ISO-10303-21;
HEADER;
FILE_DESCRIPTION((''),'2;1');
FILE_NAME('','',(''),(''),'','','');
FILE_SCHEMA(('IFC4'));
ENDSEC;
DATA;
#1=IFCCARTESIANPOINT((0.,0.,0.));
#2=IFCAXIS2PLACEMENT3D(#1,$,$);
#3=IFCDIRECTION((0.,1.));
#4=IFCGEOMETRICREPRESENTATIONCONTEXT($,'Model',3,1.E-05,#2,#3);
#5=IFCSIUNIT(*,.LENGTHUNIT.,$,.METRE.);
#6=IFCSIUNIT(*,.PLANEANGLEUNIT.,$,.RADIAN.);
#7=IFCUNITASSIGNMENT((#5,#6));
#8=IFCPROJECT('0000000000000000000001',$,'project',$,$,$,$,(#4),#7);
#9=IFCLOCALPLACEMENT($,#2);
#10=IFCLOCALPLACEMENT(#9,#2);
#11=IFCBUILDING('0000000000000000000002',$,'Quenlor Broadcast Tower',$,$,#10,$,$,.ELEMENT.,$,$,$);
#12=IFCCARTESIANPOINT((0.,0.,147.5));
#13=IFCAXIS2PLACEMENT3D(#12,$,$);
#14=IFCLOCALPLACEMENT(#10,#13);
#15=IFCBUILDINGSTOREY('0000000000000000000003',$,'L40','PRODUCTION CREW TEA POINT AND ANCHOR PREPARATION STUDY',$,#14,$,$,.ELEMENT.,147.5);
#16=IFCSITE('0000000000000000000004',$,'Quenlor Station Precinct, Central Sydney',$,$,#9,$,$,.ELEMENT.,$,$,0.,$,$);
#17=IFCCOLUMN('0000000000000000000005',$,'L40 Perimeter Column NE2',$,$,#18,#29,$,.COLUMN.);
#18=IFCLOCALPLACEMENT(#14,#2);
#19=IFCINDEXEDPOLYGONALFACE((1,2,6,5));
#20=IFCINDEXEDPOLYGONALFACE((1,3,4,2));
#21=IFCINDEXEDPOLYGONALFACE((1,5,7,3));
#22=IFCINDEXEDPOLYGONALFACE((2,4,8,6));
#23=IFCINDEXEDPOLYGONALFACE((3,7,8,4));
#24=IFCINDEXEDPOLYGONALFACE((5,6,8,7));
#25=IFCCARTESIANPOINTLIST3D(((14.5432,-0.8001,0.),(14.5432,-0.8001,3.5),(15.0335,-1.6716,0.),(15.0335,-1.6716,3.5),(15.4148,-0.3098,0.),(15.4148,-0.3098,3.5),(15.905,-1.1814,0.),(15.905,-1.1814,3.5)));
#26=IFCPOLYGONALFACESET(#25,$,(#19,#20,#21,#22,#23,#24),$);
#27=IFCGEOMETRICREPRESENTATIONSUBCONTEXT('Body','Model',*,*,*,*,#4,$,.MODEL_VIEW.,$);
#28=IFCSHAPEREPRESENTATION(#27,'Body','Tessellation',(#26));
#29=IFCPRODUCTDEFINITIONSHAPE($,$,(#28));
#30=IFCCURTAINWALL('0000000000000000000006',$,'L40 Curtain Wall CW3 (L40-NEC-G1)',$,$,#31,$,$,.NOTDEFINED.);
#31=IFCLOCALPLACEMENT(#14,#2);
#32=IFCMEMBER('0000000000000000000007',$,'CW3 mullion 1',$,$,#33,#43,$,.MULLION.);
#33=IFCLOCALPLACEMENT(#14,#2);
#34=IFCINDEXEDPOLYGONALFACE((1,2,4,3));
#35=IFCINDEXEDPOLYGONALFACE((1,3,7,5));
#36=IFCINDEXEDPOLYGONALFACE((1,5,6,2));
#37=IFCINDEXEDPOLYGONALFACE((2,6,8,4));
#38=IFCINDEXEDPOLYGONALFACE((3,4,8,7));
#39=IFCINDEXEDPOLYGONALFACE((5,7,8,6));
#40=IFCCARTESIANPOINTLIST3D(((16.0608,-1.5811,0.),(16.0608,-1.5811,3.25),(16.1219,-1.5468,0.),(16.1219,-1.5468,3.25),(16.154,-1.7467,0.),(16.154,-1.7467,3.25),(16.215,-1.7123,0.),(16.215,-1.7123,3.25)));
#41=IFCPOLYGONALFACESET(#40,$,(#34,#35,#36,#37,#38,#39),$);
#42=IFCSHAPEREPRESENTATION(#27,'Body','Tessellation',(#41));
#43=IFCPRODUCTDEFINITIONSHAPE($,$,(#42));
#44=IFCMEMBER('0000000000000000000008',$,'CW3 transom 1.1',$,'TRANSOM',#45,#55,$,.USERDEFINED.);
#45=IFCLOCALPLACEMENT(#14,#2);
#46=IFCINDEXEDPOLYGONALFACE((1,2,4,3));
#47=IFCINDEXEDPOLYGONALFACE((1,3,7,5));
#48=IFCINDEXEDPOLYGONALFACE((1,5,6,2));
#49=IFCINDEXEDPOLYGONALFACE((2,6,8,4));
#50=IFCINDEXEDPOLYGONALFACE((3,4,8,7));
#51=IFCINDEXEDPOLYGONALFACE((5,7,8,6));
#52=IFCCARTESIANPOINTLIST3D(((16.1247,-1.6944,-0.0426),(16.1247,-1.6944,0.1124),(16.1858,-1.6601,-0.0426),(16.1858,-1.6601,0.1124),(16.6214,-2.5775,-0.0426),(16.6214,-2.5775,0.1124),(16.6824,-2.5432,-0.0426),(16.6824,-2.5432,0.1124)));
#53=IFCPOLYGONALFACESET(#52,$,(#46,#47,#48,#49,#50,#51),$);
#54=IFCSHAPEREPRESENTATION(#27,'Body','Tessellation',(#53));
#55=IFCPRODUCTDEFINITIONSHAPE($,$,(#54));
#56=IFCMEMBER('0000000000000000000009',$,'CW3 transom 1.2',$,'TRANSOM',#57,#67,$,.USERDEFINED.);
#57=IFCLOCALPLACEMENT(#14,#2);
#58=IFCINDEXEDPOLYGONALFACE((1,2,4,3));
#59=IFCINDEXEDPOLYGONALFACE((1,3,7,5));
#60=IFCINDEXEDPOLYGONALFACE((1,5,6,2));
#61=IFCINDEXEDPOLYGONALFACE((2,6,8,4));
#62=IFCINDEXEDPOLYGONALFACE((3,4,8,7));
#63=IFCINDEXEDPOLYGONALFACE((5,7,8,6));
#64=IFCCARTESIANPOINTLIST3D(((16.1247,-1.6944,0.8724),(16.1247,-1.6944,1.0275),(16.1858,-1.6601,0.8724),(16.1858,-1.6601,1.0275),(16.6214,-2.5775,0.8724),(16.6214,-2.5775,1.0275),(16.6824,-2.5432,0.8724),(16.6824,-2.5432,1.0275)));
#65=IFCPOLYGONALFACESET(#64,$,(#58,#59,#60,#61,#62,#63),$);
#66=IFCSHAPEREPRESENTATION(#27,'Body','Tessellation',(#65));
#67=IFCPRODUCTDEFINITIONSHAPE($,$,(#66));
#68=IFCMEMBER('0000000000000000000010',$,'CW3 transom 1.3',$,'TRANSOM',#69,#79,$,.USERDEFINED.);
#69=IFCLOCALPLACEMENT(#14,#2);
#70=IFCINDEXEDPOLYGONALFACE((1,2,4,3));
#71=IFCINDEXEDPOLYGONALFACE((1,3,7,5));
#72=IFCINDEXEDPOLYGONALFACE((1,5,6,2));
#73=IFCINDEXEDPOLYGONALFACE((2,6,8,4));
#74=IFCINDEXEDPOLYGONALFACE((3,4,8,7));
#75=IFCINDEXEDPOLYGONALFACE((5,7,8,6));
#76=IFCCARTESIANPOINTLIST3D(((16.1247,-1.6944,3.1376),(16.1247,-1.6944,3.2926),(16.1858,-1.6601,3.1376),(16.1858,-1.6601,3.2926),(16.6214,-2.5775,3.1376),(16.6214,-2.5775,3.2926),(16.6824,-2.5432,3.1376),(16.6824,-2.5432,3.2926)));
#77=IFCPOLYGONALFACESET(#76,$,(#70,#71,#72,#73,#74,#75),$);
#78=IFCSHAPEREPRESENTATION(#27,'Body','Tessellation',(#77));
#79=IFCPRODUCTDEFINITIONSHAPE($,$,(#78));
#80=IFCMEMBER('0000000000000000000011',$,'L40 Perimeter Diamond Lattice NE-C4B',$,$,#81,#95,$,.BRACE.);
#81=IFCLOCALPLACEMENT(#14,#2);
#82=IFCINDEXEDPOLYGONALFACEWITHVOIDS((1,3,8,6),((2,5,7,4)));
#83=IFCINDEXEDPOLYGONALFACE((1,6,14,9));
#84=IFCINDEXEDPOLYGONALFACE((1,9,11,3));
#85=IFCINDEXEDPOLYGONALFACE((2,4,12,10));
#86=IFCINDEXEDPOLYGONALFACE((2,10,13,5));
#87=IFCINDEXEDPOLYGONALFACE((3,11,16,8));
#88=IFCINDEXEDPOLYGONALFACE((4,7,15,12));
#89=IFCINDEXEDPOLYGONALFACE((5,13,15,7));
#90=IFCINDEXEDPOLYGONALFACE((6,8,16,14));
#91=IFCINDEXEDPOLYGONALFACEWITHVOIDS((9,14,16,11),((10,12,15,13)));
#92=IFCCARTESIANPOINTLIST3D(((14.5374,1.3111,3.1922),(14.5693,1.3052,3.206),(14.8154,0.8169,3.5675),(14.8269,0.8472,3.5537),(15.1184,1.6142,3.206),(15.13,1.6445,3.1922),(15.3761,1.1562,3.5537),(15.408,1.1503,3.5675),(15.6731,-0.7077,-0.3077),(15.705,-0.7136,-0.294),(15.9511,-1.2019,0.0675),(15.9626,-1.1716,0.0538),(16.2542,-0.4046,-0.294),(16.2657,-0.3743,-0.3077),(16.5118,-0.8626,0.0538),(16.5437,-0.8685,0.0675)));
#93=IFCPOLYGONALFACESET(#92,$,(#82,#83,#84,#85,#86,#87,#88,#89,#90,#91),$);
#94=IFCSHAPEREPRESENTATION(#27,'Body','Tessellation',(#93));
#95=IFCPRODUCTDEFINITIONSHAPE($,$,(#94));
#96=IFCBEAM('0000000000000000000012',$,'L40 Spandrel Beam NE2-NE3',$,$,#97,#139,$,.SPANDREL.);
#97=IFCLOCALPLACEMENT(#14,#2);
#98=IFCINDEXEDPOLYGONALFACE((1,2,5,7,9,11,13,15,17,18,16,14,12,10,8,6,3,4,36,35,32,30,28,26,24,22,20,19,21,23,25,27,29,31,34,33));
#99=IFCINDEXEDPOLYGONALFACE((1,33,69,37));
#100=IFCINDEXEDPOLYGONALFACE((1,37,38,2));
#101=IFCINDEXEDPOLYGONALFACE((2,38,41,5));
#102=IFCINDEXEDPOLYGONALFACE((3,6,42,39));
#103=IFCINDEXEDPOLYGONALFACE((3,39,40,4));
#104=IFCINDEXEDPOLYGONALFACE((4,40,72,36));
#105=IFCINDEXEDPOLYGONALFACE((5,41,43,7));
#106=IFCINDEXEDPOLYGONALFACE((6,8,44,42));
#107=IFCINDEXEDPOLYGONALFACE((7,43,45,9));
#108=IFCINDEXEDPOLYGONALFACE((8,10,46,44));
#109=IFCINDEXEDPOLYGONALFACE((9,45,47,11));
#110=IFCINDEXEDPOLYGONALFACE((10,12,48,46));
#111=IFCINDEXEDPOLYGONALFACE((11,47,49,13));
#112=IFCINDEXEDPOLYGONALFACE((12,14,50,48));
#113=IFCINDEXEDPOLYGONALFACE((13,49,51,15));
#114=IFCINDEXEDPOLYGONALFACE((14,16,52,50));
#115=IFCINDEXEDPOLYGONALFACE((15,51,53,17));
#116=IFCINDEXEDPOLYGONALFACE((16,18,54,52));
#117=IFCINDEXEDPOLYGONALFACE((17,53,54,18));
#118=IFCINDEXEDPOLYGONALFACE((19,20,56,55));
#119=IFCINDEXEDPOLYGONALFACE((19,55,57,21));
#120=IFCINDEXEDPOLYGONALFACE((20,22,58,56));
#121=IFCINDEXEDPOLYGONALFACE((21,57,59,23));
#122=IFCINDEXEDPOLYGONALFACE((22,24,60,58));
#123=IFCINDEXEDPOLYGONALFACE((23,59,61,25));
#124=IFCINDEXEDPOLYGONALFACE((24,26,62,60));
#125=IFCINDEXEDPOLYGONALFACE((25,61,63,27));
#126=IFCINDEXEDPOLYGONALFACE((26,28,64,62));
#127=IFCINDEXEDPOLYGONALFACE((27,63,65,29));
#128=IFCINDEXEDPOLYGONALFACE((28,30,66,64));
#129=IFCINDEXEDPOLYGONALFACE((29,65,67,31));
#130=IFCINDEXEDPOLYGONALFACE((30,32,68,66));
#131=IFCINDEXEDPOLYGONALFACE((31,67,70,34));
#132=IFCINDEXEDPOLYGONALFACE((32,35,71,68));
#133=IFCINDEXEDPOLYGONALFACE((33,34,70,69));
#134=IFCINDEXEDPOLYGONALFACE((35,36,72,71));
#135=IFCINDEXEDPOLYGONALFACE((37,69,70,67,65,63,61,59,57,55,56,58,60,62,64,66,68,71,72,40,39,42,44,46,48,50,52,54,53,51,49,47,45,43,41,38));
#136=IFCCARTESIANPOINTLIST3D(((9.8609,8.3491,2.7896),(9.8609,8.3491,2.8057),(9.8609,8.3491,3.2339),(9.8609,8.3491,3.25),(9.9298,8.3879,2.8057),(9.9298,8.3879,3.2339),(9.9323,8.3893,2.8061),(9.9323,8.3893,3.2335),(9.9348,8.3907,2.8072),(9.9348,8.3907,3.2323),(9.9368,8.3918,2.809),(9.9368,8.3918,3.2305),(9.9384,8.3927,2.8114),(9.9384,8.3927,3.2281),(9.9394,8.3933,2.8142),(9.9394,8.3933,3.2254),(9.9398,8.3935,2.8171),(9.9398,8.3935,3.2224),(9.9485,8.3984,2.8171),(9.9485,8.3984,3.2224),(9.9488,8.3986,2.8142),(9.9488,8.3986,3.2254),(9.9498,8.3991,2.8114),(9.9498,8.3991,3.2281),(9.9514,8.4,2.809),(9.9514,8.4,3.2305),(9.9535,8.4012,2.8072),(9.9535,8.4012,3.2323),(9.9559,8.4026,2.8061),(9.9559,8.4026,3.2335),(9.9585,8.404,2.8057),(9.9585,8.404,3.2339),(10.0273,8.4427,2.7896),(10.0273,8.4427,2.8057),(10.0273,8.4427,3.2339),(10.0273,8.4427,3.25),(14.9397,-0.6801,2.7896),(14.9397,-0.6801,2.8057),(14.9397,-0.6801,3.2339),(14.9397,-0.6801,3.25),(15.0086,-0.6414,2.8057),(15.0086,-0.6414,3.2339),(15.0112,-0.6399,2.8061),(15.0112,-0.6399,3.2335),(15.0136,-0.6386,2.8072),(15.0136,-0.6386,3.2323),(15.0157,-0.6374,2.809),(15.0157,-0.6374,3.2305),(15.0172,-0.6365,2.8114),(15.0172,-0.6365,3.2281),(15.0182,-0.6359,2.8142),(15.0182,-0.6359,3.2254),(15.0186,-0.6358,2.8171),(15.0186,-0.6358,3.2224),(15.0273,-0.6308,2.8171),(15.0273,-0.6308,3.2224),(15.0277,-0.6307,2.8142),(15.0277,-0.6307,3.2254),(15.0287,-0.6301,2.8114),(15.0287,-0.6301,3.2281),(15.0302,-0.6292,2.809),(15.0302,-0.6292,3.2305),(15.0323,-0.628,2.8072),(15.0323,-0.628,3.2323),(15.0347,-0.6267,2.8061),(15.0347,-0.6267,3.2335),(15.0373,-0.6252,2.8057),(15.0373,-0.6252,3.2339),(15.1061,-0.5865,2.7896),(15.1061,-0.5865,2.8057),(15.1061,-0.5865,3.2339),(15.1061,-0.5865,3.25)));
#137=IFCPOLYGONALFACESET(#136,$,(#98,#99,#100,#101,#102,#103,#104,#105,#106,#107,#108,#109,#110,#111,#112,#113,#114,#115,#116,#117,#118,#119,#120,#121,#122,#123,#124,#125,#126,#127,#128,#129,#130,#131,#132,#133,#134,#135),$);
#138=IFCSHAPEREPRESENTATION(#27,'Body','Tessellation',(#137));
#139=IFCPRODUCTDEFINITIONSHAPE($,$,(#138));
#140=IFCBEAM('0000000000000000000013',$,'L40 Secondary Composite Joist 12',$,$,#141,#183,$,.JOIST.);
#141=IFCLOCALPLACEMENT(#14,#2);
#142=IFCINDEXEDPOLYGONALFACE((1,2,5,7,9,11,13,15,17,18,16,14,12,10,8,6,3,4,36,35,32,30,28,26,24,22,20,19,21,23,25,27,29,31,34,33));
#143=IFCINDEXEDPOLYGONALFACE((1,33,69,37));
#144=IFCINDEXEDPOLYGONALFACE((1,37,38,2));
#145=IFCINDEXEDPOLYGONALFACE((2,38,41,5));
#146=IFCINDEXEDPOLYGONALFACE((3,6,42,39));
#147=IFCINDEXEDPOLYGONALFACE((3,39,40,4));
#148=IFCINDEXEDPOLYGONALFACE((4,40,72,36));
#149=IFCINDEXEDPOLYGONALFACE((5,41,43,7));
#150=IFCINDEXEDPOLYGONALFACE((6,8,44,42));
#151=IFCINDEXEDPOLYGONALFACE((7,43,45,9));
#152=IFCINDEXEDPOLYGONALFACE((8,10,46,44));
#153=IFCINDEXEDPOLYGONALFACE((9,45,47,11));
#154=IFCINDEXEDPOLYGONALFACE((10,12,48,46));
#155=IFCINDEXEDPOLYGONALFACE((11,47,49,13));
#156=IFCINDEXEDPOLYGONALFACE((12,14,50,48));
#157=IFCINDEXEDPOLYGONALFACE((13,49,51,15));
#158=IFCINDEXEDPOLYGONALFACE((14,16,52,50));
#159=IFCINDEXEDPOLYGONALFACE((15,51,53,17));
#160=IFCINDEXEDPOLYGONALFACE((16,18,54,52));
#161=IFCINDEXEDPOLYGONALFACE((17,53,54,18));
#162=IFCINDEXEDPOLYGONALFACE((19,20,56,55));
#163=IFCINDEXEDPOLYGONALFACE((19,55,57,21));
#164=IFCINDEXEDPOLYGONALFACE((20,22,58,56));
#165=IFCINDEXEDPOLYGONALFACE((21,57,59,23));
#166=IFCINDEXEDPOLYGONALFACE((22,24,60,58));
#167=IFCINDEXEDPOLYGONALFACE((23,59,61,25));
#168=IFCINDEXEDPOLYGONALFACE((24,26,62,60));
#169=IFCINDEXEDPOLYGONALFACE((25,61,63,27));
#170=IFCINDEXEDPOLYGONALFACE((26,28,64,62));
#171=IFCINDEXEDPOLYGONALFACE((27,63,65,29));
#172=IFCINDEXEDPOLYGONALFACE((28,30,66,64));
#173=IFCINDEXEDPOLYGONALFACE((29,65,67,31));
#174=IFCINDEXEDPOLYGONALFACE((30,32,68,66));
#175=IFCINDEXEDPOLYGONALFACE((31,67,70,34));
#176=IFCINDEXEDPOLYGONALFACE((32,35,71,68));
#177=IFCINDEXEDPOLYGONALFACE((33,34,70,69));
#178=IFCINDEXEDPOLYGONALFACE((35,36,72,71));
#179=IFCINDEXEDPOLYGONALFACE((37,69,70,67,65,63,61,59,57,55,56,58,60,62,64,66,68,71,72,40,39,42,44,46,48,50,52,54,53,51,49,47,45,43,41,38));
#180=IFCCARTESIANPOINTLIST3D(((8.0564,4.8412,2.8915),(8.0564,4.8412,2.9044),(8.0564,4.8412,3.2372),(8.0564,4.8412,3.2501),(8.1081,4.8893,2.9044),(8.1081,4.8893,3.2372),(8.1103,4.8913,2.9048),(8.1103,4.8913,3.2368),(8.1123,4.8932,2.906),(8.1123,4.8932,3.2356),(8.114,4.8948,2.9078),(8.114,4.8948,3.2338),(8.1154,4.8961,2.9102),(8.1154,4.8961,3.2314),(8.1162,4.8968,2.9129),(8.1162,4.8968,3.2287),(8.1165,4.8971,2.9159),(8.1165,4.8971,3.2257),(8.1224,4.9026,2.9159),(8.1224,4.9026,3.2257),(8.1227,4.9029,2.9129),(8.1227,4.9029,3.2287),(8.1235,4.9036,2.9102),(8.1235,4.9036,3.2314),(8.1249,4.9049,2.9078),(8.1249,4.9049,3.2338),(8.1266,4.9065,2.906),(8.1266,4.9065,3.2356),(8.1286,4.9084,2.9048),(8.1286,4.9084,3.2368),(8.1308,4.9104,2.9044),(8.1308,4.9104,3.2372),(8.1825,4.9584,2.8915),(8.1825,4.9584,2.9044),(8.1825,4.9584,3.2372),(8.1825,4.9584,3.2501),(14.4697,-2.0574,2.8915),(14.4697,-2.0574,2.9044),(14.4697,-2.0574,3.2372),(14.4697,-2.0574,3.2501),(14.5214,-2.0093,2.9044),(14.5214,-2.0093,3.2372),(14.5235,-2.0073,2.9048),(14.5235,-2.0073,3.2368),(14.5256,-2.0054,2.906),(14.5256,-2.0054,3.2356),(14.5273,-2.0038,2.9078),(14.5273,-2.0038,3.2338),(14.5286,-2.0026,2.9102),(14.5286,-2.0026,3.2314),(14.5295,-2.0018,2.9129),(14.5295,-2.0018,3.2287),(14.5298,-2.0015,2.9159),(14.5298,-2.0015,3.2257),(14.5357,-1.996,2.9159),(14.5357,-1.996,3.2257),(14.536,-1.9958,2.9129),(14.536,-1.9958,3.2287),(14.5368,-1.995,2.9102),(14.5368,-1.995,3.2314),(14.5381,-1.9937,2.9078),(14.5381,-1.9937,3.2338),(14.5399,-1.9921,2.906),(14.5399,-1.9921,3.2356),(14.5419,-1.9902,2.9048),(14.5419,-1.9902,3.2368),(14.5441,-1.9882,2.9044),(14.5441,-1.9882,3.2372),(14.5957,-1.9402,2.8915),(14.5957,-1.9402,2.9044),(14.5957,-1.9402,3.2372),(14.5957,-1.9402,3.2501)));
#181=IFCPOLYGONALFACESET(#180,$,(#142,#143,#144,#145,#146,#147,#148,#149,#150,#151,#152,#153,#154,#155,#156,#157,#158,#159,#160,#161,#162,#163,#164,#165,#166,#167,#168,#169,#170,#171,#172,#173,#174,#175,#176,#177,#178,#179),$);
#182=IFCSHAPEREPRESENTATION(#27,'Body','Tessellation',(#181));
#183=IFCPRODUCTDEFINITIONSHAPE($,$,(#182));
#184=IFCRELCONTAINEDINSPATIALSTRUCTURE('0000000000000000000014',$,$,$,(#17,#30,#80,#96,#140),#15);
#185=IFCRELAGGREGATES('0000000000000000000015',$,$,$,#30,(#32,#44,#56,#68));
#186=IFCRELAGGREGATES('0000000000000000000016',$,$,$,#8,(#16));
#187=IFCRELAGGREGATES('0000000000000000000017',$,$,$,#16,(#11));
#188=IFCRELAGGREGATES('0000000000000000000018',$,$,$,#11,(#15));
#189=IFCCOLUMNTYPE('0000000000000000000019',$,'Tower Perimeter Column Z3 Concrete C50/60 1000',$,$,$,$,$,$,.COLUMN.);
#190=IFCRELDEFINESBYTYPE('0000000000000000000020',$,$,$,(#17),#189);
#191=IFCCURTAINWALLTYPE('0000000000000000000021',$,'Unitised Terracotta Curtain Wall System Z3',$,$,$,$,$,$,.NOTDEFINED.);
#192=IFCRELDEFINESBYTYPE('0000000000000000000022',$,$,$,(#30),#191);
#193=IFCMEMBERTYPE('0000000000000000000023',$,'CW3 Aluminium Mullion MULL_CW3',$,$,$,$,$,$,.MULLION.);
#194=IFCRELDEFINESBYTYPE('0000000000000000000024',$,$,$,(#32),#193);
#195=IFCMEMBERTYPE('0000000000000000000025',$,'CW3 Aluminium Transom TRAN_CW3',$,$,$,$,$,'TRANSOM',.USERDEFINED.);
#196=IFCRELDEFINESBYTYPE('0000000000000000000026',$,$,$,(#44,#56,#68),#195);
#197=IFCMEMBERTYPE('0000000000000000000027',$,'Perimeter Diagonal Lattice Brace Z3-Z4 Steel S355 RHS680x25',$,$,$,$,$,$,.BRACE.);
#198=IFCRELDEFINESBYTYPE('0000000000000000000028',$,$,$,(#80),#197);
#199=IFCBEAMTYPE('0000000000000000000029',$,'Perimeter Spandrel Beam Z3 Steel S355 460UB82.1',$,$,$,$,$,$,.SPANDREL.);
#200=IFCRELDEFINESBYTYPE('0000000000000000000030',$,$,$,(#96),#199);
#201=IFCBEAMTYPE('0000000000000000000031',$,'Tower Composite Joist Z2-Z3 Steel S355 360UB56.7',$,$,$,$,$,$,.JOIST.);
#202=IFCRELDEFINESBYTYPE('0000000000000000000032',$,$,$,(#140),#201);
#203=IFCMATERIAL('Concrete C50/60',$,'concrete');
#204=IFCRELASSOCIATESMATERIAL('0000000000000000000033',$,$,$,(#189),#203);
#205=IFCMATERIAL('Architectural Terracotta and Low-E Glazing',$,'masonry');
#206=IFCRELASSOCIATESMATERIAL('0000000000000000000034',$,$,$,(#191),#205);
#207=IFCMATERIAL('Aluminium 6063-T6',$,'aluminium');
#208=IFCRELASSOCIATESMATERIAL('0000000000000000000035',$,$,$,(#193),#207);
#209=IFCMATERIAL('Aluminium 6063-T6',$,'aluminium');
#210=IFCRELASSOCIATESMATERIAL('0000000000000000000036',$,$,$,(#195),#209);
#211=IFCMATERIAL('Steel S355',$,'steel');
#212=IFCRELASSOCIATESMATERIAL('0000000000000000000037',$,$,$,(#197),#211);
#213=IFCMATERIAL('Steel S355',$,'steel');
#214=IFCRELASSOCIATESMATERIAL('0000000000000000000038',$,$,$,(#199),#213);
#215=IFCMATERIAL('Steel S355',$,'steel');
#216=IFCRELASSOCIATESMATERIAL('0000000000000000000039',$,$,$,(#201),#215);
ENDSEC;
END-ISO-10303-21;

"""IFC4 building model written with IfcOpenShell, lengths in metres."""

from ifc_helpers import new_model, si_unit, direction, frame, origin, origin_2d, place, context, subcontext, project, spatial, rectangle, hollow_rectangle, i_section, extrude, material, material_profile, profile_set, type_object, element, aggregate, save


model = new_model("IFC4")

# Units and contexts
model_context = context("Model", 3, precision=1e-05, world=origin(), true_north=direction((0.0, 1.0)))
body_context = subcontext(model_context, "Body", "Model", "MODEL_VIEW")
ifc_project = project(units=[si_unit("LENGTHUNIT", "METRE"), si_unit("PLANEANGLEUNIT", "RADIAN")], contexts=[model_context])

# Site, building, storey
site_placement = place(None, origin())
site = spatial("IfcSite", under=ifc_project, at=site_placement, Name="Quenlor Station Precinct, Central Sydney", CompositionType="ELEMENT", RefElevation=0.0)
building_placement = place(site_placement, origin())
building = spatial("IfcBuilding", under=site, at=building_placement, Name="Quenlor Broadcast Tower", CompositionType="ELEMENT")
storey_placement = place(building_placement, frame((0.0, 0.0, 147.5)))
storey = spatial("IfcBuildingStorey", under=building, at=storey_placement, Name="L40", Description="PRODUCTION CREW TEA POINT AND ANCHOR PREPARATION STUDY", CompositionType="ELEMENT", Elevation=147.5)

# Column
ifc_material_1 = material(Name="Concrete C50/60", Category="concrete")
ifc_material_profile_1 = material_profile(ifc_material_1, rectangle(XDim=1.0, YDim=1.0, at=origin_2d()))
ifc_profile_set_1 = profile_set([ifc_material_profile_1], Name="Concrete C50/60 RC1000x1000")
column_type = type_object("IfcColumnType", Name="Tower Perimeter Column Z3 Concrete C50/60 1000", PredefinedType="COLUMN", material=ifc_profile_set_1)
column_placement = place(storey_placement, frame((15.2241, -0.9907, 0.0), z_axis=(0.0, 0.0, 1.0), x_axis=(0.871575, 0.490262, 0.0)))
element("IfcColumn", 1, at=column_placement, inside=storey, type_object=column_type, Name="L40 Perimeter Column NE2", PredefinedType="COLUMN", context=body_context, shape_type="SweptSolid", body=[
    extrude(rectangle(XDim=1.0, YDim=1.0, at=origin_2d()), origin(), (0.0, 0.0, 1.0), 3.5),
])

# Curtain wall, members
ifc_material_2 = material(Name="Architectural Terracotta and Low-E Glazing", Category="masonry")
curtain_wall_type = type_object("IfcCurtainWallType", Name="Unitised Terracotta Curtain Wall System Z3", PredefinedType="NOTDEFINED", material=ifc_material_2)
curtain_wall_placement = place(storey_placement, origin())
curtain_wall = element("IfcCurtainWall", 2, at=curtain_wall_placement, inside=storey, type_object=curtain_wall_type, Name="L40 Curtain Wall CW3 (L40-NEC-G1)", PredefinedType="NOTDEFINED")
ifc_material_3 = material(Name="Aluminium 6063-T6", Category="aluminium")
ifc_material_profile_2 = material_profile(ifc_material_3, rectangle(XDim=0.0701, YDim=0.1899, at=origin_2d()))
ifc_profile_set_2 = profile_set([ifc_material_profile_2], Name="Aluminium 6063-T6 MULL70x190")
member_type_1 = type_object("IfcMemberType", Name="CW3 Aluminium Mullion MULL_CW3", PredefinedType="MULLION", material=ifc_profile_set_2)
member_1_placement = place(storey_placement, frame((16.1379, -1.6467, 0.0), z_axis=(0.0, 0.0, 1.0), x_axis=(0.87158, 0.490253, 0.0)))
member_1 = element("IfcMember", 3, at=member_1_placement, type_object=member_type_1, Name="CW3 mullion 1", PredefinedType="MULLION", context=body_context, shape_type="SweptSolid", body=[
    extrude(rectangle(XDim=0.0701, YDim=0.1899, at=origin_2d()), origin(), (0.0, 0.0, 1.0), 3.25),
])
ifc_material_4 = material(Name="Aluminium 6063-T6", Category="aluminium")
ifc_material_profile_3 = material_profile(ifc_material_4, rectangle(XDim=0.0701, YDim=0.155, at=origin_2d()))
ifc_profile_set_3 = profile_set([ifc_material_profile_3], Name="Aluminium 6063-T6 TRAN70x155")
member_type_2 = type_object("IfcMemberType", Name="CW3 Aluminium Transom TRAN_CW3", ElementType="TRANSOM", PredefinedType="USERDEFINED", material=ifc_profile_set_3)
member_2_placement = place(storey_placement, frame((16.1553, -1.6772, 0.0349), z_axis=(0.490158, -0.871633, 0.0), x_axis=(0.871633, 0.490158, 0.0)))
member_2 = element("IfcMember", 4, at=member_2_placement, type_object=member_type_2, Name="CW3 transom 1.1", ObjectType="TRANSOM", PredefinedType="USERDEFINED", context=body_context, shape_type="SweptSolid", body=[
    extrude(rectangle(XDim=0.0701, YDim=0.155, at=origin_2d()), origin(), (0.0, 0.0, 1.0), 1.0132),
])
member_3_placement = place(storey_placement, frame((16.1553, -1.6772, 0.95), z_axis=(0.490158, -0.871633, 0.0), x_axis=(0.871633, 0.490158, 0.0)))
member_3 = element("IfcMember", 5, at=member_3_placement, type_object=member_type_2, Name="CW3 transom 1.2", ObjectType="TRANSOM", PredefinedType="USERDEFINED", context=body_context, shape_type="SweptSolid", body=[
    extrude(rectangle(XDim=0.0701, YDim=0.155, at=origin_2d()), origin(), (0.0, 0.0, 1.0), 1.0132),
])
member_4_placement = place(storey_placement, frame((16.1553, -1.6772, 3.2151), z_axis=(0.490158, -0.871633, 0.0), x_axis=(0.871633, 0.490158, 0.0)))
member_4 = element("IfcMember", 6, at=member_4_placement, type_object=member_type_2, Name="CW3 transom 1.3", ObjectType="TRANSOM", PredefinedType="USERDEFINED", context=body_context, shape_type="SweptSolid", body=[
    extrude(rectangle(XDim=0.0701, YDim=0.155, at=origin_2d()), origin(), (0.0, 0.0, 1.0), 1.0132),
])

# Member
ifc_material_5 = material(Name="Steel S355", Category="steel")
ifc_material_profile_4 = material_profile(ifc_material_5, hollow_rectangle(XDim=0.6799, YDim=0.6799, WallThickness=0.0249, at=origin_2d()))
ifc_profile_set_4 = profile_set([ifc_material_profile_4], Name="Steel S355 RHS680x680x25")
member_type_3 = type_object("IfcMemberType", Name="Perimeter Diagonal Lattice Brace Z3-Z4 Steel S355 RHS680x25", PredefinedType="BRACE", material=ifc_profile_set_4)
member_5_placement = place(storey_placement, frame((16.1084, -0.7881, -0.1201), z_axis=(-0.270603, 0.481001, 0.833914), x_axis=(-0.871545, -0.490316, 0.0)))
element("IfcMember", 7, at=member_5_placement, inside=storey, type_object=member_type_3, Name="L40 Perimeter Diamond Lattice NE-C4B", PredefinedType="BRACE", context=body_context, shape_type="SweptSolid", body=[
    extrude(hollow_rectangle(XDim=0.6799, YDim=0.6799, WallThickness=0.0249, at=origin_2d()), origin(), (0.0, 0.0, 1.0), 4.197),
])

# Beams
ifc_material_6 = material(Name="Steel S355", Category="steel")
ifc_material_profile_5 = material_profile(ifc_material_6, i_section(OverallWidth=0.1909, OverallDepth=0.4604, WebThickness=0.01, FlangeThickness=0.0161, FilletRadius=0.0115, at=origin_2d()))
ifc_profile_set_5 = profile_set([ifc_material_profile_5], Name="Steel S355 460UB82.1")
beam_type_1 = type_object("IfcBeamType", Name="Perimeter Spandrel Beam Z3 Steel S355 460UB82.1", PredefinedType="SPANDREL", material=ifc_profile_set_5)
beam_1_placement = place(storey_placement, frame((15.0229, -0.6333, 3.0198), z_axis=(-0.490252, 0.871581, 0.0), x_axis=(-0.871581, -0.490252, 0.0)))
element("IfcBeam", 8, at=beam_1_placement, inside=storey, type_object=beam_type_1, Name="L40 Spandrel Beam NE2-NE3", PredefinedType="SPANDREL", context=body_context, shape_type="SweptSolid", body=[
    extrude(i_section(OverallWidth=0.1909, OverallDepth=0.4604, WebThickness=0.01, FlangeThickness=0.0161, FilletRadius=0.0115, at=origin_2d()), origin(), (0.0, 0.0, 1.0), 10.3596),
])
ifc_material_7 = material(Name="Steel S355", Category="steel")
ifc_material_profile_6 = material_profile(ifc_material_7, i_section(OverallWidth=0.1721, OverallDepth=0.3586, WebThickness=0.0081, FlangeThickness=0.0129, FilletRadius=0.0115, at=origin_2d()))
ifc_profile_set_6 = profile_set([ifc_material_profile_6], Name="Steel S355 360UB56.7")
beam_type_2 = type_object("IfcBeamType", Name="Tower Composite Joist Z2-Z3 Steel S355 360UB56.7", PredefinedType="JOIST", material=ifc_profile_set_6)
beam_2_placement = place(storey_placement, frame((14.5327, -1.9988, 3.0708), z_axis=(-0.680874, 0.732401, 0.0), x_axis=(-0.732401, -0.680874, 0.0)))
element("IfcBeam", 9, at=beam_2_placement, inside=storey, type_object=beam_type_2, Name="L40 Secondary Composite Joist 12", PredefinedType="JOIST", context=body_context, shape_type="SweptSolid", body=[
    extrude(i_section(OverallWidth=0.1721, OverallDepth=0.3586, WebThickness=0.0081, FlangeThickness=0.0129, FilletRadius=0.0115, at=origin_2d()), origin(), (0.0, 0.0, 1.0), 9.4192),
])

aggregate(curtain_wall, [member_1, member_2, member_3, member_4])

save(model, "model.ifc")
